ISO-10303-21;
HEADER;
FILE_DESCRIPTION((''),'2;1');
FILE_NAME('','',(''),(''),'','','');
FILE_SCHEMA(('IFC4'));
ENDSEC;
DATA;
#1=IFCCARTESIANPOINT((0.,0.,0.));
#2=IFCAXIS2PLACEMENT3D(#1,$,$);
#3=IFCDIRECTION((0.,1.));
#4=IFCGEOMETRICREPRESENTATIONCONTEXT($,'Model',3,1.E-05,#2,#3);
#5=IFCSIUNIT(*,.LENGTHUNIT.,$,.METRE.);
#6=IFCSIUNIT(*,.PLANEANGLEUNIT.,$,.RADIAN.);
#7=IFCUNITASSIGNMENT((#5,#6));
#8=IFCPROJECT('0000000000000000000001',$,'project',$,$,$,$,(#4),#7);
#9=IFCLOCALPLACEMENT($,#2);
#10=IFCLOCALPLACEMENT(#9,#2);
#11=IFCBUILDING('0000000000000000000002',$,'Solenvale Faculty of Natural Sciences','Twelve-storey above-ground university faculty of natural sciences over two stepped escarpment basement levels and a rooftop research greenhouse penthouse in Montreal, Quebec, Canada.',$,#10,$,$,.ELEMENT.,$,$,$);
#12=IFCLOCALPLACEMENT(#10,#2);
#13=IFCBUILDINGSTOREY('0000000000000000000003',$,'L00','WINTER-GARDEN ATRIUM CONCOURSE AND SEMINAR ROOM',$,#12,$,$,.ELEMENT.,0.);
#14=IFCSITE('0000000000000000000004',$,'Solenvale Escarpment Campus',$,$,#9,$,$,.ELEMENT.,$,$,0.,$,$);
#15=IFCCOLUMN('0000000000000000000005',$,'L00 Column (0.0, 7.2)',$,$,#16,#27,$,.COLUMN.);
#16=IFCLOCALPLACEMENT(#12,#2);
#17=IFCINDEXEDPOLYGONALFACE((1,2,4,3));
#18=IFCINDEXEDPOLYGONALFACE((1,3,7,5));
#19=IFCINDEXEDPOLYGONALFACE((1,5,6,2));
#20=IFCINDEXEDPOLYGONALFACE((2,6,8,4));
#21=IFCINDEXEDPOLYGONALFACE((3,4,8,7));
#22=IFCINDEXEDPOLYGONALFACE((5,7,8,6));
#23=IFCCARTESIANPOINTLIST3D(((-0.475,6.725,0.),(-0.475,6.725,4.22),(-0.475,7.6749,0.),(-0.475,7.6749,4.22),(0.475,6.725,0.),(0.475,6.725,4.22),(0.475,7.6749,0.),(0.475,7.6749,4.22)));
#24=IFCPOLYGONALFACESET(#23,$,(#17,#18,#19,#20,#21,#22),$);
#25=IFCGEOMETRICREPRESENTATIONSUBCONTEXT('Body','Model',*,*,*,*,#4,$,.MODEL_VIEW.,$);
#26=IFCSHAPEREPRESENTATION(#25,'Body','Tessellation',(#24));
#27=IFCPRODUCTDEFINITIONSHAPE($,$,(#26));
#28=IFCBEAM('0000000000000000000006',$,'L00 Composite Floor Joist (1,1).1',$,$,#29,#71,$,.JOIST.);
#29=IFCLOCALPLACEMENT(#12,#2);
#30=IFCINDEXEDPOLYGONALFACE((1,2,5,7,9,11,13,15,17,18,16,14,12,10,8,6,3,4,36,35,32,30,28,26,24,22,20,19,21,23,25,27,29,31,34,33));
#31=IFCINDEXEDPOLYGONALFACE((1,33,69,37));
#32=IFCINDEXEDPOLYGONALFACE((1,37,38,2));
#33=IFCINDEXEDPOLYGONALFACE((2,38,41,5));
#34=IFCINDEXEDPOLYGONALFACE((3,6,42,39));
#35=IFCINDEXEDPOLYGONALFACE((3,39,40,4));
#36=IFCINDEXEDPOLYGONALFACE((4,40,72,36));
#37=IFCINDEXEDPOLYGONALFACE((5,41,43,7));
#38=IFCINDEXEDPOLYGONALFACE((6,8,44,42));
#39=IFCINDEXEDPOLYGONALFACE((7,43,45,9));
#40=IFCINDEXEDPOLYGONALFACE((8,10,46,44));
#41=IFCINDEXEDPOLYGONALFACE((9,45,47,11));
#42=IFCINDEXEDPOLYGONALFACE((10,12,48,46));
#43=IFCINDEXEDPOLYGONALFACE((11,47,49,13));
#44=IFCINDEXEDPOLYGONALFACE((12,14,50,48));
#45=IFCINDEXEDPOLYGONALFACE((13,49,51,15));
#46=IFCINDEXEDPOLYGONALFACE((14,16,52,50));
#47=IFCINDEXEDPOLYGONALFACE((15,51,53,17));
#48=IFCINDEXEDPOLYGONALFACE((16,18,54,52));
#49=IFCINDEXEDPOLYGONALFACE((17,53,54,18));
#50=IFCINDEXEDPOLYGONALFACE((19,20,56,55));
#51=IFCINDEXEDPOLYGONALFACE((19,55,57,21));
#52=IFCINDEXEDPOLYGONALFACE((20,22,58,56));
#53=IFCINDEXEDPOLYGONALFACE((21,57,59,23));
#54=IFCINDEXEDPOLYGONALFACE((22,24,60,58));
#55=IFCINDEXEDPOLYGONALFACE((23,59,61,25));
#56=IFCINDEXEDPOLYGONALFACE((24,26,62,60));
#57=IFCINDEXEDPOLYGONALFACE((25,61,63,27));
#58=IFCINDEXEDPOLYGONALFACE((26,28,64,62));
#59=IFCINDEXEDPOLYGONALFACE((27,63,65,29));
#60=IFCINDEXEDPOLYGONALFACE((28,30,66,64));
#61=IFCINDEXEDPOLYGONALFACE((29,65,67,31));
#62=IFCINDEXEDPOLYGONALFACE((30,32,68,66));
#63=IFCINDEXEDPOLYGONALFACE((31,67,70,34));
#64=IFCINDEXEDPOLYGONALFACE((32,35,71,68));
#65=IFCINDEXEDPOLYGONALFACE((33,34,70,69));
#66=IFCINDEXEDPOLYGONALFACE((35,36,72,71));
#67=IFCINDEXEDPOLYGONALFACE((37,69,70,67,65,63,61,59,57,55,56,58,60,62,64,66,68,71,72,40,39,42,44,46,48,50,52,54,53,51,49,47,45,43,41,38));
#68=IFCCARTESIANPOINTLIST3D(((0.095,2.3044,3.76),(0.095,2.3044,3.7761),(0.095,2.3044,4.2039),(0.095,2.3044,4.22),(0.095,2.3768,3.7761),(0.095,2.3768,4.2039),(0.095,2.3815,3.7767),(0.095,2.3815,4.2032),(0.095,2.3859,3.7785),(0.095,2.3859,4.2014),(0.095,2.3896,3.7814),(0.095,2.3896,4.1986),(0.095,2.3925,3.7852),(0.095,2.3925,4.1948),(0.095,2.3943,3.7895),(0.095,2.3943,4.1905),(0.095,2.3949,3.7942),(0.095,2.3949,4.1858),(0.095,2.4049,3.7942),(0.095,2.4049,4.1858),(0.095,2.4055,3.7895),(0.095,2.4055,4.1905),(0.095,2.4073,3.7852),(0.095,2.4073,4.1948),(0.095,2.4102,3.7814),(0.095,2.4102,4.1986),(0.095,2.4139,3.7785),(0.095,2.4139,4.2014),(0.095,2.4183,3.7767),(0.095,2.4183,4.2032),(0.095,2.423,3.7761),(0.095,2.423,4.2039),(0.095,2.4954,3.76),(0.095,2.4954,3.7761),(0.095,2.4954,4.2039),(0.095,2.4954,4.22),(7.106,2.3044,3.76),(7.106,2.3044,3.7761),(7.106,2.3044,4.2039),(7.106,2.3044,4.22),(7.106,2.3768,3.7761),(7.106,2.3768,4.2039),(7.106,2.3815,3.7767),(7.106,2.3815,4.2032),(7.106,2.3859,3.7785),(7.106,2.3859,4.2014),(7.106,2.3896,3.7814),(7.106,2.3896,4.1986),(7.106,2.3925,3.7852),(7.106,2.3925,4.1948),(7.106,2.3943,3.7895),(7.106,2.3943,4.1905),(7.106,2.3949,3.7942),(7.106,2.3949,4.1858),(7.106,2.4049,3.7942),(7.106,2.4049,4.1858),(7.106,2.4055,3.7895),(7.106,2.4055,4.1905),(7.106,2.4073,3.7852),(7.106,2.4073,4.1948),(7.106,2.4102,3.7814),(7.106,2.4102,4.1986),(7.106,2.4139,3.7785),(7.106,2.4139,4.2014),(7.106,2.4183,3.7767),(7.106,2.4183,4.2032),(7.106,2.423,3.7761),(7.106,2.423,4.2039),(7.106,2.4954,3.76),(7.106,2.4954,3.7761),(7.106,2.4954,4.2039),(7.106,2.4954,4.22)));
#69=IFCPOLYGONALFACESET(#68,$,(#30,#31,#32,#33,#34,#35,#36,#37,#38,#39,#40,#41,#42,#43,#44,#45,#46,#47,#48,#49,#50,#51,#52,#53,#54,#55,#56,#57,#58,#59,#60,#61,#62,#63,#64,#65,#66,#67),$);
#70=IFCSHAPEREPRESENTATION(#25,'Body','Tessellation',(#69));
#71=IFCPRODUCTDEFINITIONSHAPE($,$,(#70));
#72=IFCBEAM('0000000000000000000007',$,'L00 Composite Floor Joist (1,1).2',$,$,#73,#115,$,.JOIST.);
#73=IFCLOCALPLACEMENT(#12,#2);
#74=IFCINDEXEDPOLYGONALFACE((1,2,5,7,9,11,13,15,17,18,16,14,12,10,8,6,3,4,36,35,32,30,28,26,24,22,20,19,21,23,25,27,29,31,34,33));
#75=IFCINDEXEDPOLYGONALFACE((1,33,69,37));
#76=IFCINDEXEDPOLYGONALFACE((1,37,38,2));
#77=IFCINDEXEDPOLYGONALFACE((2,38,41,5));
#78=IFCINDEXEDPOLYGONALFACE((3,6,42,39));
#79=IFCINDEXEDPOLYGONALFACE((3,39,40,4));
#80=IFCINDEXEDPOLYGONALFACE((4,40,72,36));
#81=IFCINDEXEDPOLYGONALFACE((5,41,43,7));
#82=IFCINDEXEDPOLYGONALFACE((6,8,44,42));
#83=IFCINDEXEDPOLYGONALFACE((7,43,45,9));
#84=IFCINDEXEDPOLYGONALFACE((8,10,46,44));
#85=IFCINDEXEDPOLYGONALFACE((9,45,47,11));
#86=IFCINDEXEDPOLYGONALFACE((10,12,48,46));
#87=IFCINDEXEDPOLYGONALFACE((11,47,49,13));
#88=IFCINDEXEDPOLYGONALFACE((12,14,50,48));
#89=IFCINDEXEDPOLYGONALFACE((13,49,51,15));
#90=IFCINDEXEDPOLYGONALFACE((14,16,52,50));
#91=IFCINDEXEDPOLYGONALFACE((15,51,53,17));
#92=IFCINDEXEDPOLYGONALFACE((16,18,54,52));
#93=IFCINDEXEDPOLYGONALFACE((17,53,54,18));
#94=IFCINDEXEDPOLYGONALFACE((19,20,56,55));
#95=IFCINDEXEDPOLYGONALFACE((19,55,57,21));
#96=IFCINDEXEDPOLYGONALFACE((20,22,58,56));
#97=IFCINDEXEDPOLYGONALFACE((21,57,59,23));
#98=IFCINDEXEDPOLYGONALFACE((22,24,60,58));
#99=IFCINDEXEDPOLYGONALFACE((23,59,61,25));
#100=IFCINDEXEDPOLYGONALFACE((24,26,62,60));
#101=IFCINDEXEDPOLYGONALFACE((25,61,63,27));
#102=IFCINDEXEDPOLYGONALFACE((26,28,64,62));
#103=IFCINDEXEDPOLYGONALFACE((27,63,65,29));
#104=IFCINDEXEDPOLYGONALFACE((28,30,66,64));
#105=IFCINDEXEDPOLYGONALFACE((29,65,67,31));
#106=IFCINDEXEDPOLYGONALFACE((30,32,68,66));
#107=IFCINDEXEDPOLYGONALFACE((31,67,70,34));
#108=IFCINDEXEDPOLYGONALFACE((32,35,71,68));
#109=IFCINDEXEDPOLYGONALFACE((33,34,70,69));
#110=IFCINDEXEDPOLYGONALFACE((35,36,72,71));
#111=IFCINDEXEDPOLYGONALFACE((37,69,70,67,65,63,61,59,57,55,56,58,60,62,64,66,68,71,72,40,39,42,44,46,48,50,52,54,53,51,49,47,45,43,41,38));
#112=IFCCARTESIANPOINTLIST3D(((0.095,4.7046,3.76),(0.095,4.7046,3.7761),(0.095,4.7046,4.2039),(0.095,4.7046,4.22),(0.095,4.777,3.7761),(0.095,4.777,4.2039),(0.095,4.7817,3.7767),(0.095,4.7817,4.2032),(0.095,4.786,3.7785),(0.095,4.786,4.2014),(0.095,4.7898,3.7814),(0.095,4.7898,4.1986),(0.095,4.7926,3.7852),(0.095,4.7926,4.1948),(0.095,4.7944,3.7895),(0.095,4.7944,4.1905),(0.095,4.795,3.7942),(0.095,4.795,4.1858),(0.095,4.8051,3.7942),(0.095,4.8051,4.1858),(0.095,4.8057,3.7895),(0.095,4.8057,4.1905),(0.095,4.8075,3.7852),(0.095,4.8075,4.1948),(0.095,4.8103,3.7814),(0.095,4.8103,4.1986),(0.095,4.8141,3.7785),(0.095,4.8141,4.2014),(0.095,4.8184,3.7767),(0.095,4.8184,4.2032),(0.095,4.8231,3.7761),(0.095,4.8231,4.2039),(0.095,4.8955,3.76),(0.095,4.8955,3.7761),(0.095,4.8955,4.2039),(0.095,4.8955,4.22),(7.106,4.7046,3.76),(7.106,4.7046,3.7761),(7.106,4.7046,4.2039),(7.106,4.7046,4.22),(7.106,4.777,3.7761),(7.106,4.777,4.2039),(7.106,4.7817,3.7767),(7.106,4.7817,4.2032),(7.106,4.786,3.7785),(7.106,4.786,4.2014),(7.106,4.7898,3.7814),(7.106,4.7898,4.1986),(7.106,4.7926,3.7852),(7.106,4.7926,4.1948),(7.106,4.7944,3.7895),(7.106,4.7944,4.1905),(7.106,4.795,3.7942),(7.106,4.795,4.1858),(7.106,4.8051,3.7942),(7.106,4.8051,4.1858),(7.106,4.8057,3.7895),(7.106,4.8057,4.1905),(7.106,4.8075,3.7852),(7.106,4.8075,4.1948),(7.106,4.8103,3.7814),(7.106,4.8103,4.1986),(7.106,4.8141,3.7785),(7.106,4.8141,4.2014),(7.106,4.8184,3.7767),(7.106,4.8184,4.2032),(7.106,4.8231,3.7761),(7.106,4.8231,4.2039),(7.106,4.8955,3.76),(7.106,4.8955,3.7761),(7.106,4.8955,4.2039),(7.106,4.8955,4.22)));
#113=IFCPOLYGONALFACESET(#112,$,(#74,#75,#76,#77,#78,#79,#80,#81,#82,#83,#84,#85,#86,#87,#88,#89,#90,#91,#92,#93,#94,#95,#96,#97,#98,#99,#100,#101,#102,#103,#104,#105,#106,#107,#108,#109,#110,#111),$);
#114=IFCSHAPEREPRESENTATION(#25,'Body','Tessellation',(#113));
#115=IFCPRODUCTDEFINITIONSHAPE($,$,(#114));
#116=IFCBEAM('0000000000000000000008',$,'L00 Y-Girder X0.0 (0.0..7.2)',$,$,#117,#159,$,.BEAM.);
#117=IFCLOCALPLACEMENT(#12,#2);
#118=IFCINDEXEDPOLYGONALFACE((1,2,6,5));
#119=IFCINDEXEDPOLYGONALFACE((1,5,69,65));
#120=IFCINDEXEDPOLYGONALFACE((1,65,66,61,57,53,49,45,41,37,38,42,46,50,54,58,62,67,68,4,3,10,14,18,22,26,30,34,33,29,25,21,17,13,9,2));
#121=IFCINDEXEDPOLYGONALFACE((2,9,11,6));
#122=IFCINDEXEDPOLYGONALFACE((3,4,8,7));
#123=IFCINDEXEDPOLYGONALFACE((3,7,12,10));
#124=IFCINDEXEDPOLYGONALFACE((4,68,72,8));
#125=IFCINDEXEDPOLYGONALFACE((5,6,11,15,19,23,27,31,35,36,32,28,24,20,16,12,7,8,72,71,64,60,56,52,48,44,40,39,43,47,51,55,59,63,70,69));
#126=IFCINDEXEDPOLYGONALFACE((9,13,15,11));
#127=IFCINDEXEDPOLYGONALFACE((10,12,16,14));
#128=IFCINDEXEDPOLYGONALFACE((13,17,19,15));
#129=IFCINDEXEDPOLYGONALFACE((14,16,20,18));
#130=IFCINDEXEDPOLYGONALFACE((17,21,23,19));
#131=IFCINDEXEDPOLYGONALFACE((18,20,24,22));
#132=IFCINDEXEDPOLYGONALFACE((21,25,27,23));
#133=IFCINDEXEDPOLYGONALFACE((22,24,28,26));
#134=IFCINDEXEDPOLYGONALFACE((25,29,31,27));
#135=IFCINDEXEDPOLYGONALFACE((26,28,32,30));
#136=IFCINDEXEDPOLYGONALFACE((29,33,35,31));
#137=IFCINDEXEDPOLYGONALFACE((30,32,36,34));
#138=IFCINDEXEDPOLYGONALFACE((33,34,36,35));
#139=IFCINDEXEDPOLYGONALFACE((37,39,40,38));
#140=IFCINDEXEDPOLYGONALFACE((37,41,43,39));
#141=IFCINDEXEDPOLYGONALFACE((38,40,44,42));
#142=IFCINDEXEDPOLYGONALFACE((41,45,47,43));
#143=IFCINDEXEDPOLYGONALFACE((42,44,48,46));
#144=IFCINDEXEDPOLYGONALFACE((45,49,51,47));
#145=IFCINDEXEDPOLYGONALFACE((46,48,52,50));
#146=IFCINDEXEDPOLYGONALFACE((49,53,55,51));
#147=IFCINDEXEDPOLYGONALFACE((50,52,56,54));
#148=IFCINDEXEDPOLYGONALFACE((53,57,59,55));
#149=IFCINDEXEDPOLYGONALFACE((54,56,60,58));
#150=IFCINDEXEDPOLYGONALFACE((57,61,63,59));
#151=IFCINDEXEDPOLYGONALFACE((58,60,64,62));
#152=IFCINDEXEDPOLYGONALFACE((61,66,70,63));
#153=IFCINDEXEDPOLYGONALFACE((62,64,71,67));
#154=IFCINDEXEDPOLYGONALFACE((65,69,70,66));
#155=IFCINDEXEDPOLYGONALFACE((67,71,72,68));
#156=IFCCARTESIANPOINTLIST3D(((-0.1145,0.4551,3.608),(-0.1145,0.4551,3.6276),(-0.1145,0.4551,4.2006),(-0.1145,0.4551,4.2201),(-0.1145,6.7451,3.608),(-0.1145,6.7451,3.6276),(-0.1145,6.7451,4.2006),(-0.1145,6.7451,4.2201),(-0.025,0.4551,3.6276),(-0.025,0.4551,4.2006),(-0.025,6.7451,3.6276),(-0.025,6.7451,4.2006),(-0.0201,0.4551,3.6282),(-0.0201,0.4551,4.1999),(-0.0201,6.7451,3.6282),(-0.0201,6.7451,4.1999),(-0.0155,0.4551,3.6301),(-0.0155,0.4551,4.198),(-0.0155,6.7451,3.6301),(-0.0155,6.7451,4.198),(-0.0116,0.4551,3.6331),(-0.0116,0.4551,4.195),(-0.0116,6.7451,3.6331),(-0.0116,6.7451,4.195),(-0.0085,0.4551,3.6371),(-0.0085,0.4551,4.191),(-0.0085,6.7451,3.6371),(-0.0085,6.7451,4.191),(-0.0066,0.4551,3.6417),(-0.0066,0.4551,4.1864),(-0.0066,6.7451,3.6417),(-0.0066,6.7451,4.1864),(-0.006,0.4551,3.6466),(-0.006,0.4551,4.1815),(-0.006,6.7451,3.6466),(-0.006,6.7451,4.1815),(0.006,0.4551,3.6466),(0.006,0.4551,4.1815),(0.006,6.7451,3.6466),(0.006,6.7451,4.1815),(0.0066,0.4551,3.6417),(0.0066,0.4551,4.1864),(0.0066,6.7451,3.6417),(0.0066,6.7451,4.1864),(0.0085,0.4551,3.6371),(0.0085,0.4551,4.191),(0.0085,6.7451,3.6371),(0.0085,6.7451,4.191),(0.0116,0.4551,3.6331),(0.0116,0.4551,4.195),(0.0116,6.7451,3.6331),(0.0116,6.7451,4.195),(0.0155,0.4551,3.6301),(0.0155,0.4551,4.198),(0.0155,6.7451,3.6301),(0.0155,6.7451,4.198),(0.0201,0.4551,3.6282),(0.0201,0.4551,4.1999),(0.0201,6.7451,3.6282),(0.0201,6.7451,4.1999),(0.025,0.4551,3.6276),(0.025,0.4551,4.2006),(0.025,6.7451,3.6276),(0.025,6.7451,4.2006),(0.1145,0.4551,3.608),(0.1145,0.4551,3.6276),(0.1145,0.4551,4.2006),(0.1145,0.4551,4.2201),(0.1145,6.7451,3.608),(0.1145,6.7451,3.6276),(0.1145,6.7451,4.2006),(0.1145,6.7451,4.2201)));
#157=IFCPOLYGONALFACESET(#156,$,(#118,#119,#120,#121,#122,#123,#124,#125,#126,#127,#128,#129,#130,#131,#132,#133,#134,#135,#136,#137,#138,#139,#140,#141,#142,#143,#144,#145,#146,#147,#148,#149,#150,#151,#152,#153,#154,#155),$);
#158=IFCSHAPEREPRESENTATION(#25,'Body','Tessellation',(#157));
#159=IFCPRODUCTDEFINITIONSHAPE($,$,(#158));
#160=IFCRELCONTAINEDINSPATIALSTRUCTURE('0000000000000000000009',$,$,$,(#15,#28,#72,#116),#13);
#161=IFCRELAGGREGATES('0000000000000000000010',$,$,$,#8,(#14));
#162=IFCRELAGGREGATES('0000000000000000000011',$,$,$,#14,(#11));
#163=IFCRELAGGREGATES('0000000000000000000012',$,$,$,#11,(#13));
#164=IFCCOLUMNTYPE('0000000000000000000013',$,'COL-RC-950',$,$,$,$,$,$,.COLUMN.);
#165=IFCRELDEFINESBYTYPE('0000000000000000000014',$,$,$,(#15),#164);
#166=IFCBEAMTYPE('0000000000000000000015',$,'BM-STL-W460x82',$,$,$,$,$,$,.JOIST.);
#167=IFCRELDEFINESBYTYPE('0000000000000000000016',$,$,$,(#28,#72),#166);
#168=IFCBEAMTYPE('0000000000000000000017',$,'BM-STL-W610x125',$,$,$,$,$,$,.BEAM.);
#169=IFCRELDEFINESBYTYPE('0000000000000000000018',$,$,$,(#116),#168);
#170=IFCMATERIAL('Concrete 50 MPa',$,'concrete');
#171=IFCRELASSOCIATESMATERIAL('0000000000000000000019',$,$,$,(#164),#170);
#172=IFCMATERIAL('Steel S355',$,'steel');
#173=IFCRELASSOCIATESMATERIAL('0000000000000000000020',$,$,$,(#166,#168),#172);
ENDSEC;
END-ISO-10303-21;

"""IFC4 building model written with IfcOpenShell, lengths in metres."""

from ifc_helpers import new_model, si_unit, direction, frame, origin, origin_2d, place, context, subcontext, project, spatial, rectangle, i_section, extrude, material, material_profile, profile_set, type_object, element, save


model = new_model("IFC4")

# Units and contexts
model_context = context("Model", 3, precision=1e-05, world=origin(), true_north=direction((0.0, 1.0)))
body_context = subcontext(model_context, "Body", "Model", "MODEL_VIEW")
ifc_project = project(units=[si_unit("LENGTHUNIT", "METRE"), si_unit("PLANEANGLEUNIT", "RADIAN")], contexts=[model_context])

# Site, building, storey
site_placement = place(None, origin())
site = spatial("IfcSite", under=ifc_project, at=site_placement, Name="Solenvale Escarpment Campus", CompositionType="ELEMENT", RefElevation=0.0)
building_placement = place(site_placement, origin())
building = spatial("IfcBuilding", under=site, at=building_placement, Name="Solenvale Faculty of Natural Sciences", Description="Twelve-storey above-ground university faculty of natural sciences over two stepped escarpment basement levels and a rooftop research greenhouse penthouse in Montreal, Quebec, Canada.", CompositionType="ELEMENT")
storey_placement = place(building_placement, origin())
storey = spatial("IfcBuildingStorey", under=building, at=storey_placement, Name="L00", Description="WINTER-GARDEN ATRIUM CONCOURSE AND SEMINAR ROOM", CompositionType="ELEMENT", Elevation=0.0)

# Column
ifc_material_1 = material(Name="Concrete 50 MPa", Category="concrete")
ifc_material_profile_1 = material_profile(ifc_material_1, rectangle(XDim=0.95, YDim=0.95, at=origin_2d()), Name="RC-COL-950x950")
ifc_profile_set_1 = profile_set([ifc_material_profile_1], Name="Concrete 50 MPa")
column_type = type_object("IfcColumnType", Name="COL-RC-950", PredefinedType="COLUMN", material=ifc_profile_set_1)
column_placement = place(storey_placement, frame((0.0, 7.2, 0.0), z_axis=(0.0, 0.0, 1.0), x_axis=(1.0, 0.0, 0.0)))
element("IfcColumn", 1, at=column_placement, inside=storey, type_object=column_type, Name="L00 Column (0.0, 7.2)", PredefinedType="COLUMN", context=body_context, shape_type="SweptSolid", body=[
    extrude(rectangle(XDim=0.95, YDim=0.95, at=origin_2d()), origin(), (0.0, 0.0, 1.0), 4.22),
])

# Beams
ifc_material_2 = material(Name="Steel S355", Category="steel")
ifc_material_profile_2 = material_profile(ifc_material_2, i_section(OverallWidth=0.1909, OverallDepth=0.46, WebThickness=0.01, FlangeThickness=0.0161, FilletRadius=0.0181, at=origin_2d()), Name="W460x82")
ifc_profile_set_2 = profile_set([ifc_material_profile_2], Name="Steel S355")
beam_type_1 = type_object("IfcBeamType", Name="BM-STL-W460x82", PredefinedType="JOIST", material=ifc_profile_set_2)
for number, where, z_axis, x_axis, name in (
    (2, (0.095, 2.3999, 3.99), (1.0, 0.0, 0.0), (0.0, 1.0, 0.0), "L00 Composite Floor Joist (1,1).1"),
    (3, (0.095, 4.8, 3.99), (1.0, 0.0, 0.0), (0.0, 1.0, 0.0), "L00 Composite Floor Joist (1,1).2"),
):
    element("IfcBeam", number, at=place(storey_placement, frame(where, z_axis=z_axis, x_axis=x_axis)), inside=storey, type_object=beam_type_1, Name=name, PredefinedType="JOIST", context=body_context, shape_type="SweptSolid", body=[
        extrude(i_section(OverallWidth=0.1909, OverallDepth=0.46, WebThickness=0.01, FlangeThickness=0.0161, FilletRadius=0.0181, at=origin_2d()), origin(), (0.0, 0.0, 1.0), 7.011),
    ])
ifc_material_profile_3 = material_profile(ifc_material_2, i_section(OverallWidth=0.229, OverallDepth=0.6121, WebThickness=0.012, FlangeThickness=0.0195, FilletRadius=0.019, at=origin_2d()), Name="W610x125")
ifc_profile_set_3 = profile_set([ifc_material_profile_3], Name="Steel S355")
beam_type_2 = type_object("IfcBeamType", Name="BM-STL-W610x125", PredefinedType="BEAM", material=ifc_profile_set_3)
for number, where, z_axis, x_axis, name in (
    (4, (0.0, 0.4551, 3.9141), (0.0, 1.0, 0.0), (-1.0, 0.0, 0.0), "L00 Y-Girder X0.0 (0.0..7.2)"),
):
    element("IfcBeam", number, at=place(storey_placement, frame(where, z_axis=z_axis, x_axis=x_axis)), inside=storey, type_object=beam_type_2, Name=name, PredefinedType="BEAM", context=body_context, shape_type="SweptSolid", body=[
        extrude(i_section(OverallWidth=0.229, OverallDepth=0.6121, WebThickness=0.012, FlangeThickness=0.0195, FilletRadius=0.019, at=origin_2d()), origin(), (0.0, 0.0, 1.0), 6.29),
    ])

save(model, "model.ifc")
